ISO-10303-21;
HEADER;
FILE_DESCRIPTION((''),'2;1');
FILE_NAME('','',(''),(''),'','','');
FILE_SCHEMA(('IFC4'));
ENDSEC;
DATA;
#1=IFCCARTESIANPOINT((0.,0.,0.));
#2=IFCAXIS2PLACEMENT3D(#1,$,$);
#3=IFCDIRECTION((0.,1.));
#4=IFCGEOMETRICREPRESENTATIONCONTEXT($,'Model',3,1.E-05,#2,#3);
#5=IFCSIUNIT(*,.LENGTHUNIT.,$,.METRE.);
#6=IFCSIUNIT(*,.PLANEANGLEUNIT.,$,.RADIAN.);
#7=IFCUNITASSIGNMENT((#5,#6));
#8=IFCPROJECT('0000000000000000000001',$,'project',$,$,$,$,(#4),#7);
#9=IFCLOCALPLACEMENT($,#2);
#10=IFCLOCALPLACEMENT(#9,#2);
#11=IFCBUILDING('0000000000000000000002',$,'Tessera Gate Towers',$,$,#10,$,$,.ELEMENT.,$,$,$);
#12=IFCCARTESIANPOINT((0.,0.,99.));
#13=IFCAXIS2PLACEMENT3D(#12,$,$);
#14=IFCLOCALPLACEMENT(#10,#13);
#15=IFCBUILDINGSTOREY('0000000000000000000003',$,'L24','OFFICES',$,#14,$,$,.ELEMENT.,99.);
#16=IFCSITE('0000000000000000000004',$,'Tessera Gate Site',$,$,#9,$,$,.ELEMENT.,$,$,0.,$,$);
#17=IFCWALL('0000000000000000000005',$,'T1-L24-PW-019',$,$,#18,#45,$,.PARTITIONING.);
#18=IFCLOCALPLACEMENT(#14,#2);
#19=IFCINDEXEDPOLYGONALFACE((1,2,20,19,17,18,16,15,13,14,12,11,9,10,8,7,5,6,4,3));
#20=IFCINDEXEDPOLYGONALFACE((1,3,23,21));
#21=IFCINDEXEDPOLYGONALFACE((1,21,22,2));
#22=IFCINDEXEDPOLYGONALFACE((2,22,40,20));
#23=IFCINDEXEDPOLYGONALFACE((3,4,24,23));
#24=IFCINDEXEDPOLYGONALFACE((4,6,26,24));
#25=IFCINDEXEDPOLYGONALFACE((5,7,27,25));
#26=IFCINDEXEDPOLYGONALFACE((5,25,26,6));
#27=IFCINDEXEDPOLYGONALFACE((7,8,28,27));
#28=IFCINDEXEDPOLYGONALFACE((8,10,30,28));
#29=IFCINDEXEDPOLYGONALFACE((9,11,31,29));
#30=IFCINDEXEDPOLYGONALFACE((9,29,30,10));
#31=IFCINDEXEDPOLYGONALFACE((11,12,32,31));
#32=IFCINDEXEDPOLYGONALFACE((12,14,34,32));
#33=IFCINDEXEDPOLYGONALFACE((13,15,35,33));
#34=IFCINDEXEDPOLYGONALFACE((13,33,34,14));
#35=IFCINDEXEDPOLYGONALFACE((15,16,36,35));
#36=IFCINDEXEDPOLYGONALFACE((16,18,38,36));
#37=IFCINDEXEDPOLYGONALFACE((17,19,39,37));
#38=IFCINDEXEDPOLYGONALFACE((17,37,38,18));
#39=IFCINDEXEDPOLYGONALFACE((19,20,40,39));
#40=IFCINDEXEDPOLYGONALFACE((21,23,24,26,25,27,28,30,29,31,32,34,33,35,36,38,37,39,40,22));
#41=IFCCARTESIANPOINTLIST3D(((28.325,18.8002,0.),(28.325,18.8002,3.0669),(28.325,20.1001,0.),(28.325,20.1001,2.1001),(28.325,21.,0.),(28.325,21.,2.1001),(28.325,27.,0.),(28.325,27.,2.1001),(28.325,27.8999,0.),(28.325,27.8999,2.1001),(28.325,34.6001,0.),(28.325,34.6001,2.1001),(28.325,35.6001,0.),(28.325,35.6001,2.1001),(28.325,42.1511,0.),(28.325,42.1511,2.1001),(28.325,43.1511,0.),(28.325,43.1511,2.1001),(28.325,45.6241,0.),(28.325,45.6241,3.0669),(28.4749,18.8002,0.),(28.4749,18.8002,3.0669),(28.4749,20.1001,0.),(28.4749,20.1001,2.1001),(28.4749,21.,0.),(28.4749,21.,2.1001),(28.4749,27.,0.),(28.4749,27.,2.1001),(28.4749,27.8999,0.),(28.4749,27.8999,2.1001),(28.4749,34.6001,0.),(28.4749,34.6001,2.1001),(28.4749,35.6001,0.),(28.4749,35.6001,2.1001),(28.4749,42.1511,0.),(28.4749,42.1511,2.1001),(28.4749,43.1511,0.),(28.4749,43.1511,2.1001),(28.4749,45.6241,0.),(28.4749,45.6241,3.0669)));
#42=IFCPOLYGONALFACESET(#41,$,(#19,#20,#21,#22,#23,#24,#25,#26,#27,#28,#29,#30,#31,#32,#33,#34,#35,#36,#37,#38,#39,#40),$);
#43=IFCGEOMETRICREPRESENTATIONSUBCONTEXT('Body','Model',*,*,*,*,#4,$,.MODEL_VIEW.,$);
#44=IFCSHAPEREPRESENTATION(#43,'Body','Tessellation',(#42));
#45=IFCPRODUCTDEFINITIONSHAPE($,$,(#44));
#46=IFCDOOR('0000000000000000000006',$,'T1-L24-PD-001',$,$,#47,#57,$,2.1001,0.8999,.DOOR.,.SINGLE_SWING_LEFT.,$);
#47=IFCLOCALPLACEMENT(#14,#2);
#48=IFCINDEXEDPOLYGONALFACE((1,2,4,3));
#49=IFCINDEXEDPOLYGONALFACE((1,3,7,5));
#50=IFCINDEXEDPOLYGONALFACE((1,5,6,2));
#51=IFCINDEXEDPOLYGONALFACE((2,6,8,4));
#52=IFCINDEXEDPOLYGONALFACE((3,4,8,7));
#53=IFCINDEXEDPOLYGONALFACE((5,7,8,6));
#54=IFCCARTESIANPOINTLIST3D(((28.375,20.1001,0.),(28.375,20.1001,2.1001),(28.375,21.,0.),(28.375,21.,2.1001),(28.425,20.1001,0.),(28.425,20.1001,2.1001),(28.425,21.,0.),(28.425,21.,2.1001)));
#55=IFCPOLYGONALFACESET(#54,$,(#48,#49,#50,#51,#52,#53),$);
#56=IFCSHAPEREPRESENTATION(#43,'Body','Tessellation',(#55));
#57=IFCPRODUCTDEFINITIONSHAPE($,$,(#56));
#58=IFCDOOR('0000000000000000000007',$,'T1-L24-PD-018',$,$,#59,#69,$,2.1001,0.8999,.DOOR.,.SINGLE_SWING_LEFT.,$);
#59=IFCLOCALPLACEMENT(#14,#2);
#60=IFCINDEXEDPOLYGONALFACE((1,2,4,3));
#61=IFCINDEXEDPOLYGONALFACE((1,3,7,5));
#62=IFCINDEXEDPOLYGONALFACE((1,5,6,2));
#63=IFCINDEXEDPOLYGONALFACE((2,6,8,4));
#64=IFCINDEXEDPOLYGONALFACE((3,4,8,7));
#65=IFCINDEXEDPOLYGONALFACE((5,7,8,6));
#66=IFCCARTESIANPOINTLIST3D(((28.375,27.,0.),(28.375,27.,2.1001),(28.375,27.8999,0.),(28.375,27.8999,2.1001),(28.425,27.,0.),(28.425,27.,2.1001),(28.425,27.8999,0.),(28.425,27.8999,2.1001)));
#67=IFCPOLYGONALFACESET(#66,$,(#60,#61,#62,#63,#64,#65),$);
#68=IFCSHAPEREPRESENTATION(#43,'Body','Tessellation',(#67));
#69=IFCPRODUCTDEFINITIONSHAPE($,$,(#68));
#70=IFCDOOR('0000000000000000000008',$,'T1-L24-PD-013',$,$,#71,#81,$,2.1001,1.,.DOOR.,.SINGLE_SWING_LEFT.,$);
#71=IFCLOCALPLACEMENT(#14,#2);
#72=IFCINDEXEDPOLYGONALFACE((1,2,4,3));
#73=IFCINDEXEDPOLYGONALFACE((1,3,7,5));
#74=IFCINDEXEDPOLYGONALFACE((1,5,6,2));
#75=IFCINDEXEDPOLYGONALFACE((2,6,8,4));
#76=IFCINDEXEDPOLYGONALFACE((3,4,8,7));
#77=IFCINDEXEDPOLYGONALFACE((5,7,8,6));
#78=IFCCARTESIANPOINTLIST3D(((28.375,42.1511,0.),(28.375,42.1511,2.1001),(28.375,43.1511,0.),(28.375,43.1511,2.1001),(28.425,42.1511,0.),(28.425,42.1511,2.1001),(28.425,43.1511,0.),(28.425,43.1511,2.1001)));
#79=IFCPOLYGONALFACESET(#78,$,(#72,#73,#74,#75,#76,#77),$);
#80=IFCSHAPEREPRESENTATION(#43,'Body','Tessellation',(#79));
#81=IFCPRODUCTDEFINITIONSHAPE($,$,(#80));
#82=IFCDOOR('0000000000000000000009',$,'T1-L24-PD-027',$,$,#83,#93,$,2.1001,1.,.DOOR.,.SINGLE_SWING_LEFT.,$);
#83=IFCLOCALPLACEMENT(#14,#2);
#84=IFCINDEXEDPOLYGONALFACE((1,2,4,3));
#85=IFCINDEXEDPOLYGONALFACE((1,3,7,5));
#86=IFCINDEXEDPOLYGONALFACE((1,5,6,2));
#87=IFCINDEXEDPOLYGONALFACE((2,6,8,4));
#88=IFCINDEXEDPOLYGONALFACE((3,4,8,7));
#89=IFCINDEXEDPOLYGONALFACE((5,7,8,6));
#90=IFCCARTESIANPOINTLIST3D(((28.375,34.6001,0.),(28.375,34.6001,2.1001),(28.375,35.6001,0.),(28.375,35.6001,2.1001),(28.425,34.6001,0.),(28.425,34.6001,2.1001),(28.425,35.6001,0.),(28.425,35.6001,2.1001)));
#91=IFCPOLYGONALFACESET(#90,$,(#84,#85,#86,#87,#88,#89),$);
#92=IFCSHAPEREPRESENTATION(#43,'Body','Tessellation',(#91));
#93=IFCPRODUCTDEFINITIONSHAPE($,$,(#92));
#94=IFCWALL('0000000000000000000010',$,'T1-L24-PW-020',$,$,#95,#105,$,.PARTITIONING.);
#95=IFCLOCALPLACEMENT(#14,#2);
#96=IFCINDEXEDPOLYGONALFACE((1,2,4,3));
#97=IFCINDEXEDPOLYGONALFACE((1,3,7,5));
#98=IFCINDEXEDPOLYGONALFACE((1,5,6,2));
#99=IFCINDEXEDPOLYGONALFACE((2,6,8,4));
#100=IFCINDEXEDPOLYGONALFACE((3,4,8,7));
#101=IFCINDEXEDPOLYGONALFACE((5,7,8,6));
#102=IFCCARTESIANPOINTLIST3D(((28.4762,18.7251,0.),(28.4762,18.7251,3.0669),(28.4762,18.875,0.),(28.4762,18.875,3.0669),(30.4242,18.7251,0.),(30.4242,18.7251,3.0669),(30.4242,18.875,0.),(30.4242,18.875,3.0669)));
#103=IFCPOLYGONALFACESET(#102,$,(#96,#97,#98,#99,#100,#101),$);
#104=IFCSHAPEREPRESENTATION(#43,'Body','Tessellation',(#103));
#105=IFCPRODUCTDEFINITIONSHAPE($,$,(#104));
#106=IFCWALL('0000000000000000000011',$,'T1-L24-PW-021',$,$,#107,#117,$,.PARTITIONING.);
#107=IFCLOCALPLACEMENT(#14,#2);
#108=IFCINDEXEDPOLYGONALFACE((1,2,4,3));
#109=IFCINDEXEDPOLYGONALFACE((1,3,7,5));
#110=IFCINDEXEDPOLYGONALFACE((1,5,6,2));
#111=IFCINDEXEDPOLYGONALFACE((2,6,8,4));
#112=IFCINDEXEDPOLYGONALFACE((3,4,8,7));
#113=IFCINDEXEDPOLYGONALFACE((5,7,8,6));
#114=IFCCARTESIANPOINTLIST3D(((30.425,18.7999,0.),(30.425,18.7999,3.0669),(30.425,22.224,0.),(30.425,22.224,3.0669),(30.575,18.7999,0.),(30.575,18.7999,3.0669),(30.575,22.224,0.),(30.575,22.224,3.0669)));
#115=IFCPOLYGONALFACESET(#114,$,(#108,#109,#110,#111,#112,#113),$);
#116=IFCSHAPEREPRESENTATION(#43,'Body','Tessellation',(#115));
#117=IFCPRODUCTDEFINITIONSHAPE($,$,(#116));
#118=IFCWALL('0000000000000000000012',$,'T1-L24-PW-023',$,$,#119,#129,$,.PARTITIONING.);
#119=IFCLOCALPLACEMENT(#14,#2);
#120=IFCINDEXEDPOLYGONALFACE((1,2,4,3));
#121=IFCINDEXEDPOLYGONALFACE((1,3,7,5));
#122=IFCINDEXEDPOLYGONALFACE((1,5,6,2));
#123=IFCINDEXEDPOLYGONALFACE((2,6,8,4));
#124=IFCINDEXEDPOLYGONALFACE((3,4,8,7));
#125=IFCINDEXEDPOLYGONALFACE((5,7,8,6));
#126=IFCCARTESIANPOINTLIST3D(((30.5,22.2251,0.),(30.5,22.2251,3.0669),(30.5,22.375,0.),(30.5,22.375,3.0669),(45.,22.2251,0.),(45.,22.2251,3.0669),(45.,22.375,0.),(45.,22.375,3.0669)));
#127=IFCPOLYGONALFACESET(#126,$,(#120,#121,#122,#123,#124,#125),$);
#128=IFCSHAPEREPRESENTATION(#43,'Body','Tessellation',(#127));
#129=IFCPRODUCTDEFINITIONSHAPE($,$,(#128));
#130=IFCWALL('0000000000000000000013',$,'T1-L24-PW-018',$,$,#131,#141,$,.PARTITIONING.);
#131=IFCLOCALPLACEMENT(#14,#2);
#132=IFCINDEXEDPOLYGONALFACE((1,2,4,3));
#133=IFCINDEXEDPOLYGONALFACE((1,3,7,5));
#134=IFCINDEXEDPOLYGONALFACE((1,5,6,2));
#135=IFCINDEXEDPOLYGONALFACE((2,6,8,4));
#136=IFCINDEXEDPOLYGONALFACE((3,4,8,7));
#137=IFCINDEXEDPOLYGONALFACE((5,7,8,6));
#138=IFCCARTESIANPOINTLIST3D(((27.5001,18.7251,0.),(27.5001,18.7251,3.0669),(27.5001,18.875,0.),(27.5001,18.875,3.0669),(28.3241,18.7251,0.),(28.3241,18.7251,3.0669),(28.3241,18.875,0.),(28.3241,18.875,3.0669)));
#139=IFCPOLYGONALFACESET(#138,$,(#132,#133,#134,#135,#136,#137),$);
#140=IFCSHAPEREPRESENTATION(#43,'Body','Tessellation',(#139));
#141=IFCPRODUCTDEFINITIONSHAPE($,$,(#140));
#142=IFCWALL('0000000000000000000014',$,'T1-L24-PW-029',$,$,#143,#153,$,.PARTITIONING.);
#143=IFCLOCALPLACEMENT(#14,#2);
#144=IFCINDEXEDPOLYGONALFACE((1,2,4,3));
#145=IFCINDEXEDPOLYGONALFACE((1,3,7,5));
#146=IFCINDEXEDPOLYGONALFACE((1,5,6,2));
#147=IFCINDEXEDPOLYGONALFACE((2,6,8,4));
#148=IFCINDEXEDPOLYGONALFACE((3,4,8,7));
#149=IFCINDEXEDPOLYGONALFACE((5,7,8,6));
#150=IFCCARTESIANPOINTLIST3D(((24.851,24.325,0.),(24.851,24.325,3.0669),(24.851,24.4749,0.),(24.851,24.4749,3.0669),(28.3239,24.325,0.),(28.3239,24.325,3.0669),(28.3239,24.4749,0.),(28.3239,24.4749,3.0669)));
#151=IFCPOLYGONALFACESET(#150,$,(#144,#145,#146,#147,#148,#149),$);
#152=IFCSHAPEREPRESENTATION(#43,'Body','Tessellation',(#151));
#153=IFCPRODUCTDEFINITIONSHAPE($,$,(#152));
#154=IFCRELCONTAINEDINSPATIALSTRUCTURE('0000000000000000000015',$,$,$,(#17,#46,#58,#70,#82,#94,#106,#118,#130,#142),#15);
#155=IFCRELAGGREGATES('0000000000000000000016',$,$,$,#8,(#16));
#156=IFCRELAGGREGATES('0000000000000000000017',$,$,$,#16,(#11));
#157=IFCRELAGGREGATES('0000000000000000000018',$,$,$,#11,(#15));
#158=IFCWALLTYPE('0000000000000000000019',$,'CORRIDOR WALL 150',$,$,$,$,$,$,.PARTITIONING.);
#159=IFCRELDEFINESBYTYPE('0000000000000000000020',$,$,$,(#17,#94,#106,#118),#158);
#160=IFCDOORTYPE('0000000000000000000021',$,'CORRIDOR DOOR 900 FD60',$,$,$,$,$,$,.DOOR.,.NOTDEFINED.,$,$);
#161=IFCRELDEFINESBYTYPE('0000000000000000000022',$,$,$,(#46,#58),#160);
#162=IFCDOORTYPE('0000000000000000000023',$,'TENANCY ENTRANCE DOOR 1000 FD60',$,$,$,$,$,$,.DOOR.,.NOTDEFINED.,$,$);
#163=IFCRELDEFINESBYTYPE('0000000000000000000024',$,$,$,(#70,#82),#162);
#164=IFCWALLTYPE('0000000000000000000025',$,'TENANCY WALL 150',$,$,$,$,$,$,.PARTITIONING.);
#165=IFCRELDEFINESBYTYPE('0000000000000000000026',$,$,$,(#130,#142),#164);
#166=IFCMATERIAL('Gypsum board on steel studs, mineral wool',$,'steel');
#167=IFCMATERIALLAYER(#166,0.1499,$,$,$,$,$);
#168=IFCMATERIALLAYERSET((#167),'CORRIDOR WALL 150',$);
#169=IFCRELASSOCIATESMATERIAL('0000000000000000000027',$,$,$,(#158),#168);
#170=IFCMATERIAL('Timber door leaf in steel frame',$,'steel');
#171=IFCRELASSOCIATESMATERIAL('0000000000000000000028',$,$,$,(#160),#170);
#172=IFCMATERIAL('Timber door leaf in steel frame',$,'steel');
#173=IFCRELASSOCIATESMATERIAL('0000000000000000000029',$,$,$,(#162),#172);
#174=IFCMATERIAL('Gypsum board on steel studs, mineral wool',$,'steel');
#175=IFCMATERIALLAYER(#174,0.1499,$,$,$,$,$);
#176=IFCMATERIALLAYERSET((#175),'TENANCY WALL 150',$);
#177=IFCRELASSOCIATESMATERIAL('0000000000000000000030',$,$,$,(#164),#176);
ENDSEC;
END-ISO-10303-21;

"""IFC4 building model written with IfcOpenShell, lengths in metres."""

from ifc_helpers import new_model, si_unit, direction, frame, frame_2d, origin, place, context, subcontext, project, spatial, rectangle, extrude, source, transform, mapped, material, layer, layer_set, type_object, element, fill, save


model = new_model("IFC4")

# Units and contexts
model_context = context("Model", 3, precision=1e-05, world=origin(), true_north=direction((0.0, 1.0)))
body_context = subcontext(model_context, "Body", "Model", "MODEL_VIEW")
ifc_project = project(units=[si_unit("LENGTHUNIT", "METRE"), si_unit("PLANEANGLEUNIT", "RADIAN")], contexts=[model_context])

# Site, building, storey
site_placement = place(None, origin())
site = spatial("IfcSite", under=ifc_project, at=site_placement, Name="Tessera Gate Site", CompositionType="ELEMENT", RefElevation=0.0)
building_placement = place(site_placement, origin())
building = spatial("IfcBuilding", under=site, at=building_placement, Name="Tessera Gate Towers", CompositionType="ELEMENT")
storey_placement = place(building_placement, frame((0.0, 0.0, 99.0)))
storey = spatial("IfcBuildingStorey", under=building, at=storey_placement, Name="L24", Description="OFFICES", CompositionType="ELEMENT", Elevation=99.0)

# Wall, openings, doors
ifc_material_1 = material(Name="Gypsum board on steel studs, mineral wool", Category="steel")
ifc_layer_1 = layer(ifc_material_1, 0.1499)
ifc_layer_set_1 = layer_set([ifc_layer_1], Name="CORRIDOR WALL 150")
wall_type_1 = type_object("IfcWallType", Name="CORRIDOR WALL 150", PredefinedType="PARTITIONING", material=ifc_layer_set_1)
wall_1_placement = place(storey_placement, frame((28.3999, 18.8, 0.0), z_axis=(0.0, 0.0, 1.0), x_axis=(0.0, 1.0, 0.0)))
wall_1 = element("IfcWall", 1, at=wall_1_placement, inside=storey, type_object=wall_type_1, Name="T1-L24-PW-019", PredefinedType="PARTITIONING", context=body_context, shape_type="SweptSolid", body=[
    extrude(rectangle(XDim=26.824, YDim=0.1499, at=frame_2d((13.4121, 0.0))), origin(), (0.0, 0.0, 1.0), 3.0669),
])
shared_shape_1 = source(origin(), body_context, "Body", "SweptSolid", [
    extrude(rectangle(XDim=0.8999, YDim=2.1001, at=frame_2d((0.45, 1.05))), frame((0.0, 0.085, 0.0), z_axis=(0.0, -1.0, 0.0), x_axis=(1.0, 0.0, 0.0)), (0.0, 0.0, 1.0), 0.1699),
])
opening_1_placement = place(wall_1_placement, frame((1.3, 0.0, 0.0)))
opening_1 = element("IfcOpeningElement", 2, at=opening_1_placement, cuts=wall_1, PredefinedType="OPENING", context=body_context, shape_type="MappedRepresentation", body=[
    mapped(shared_shape_1, transform((0.0, 0.0, 0.0), scale=1.0)),
])
shared_shape_2 = source(origin(), body_context, "Body", "SweptSolid", [
    extrude(rectangle(XDim=1.0, YDim=2.1001, at=frame_2d((0.5, 1.05))), frame((0.0, 0.085, 0.0), z_axis=(0.0, -1.0, 0.0), x_axis=(1.0, 0.0, 0.0)), (0.0, 0.0, 1.0), 0.1699),
])
opening_2_placement = place(wall_1_placement, frame((23.3511, 0.0, 0.0)))
opening_2 = element("IfcOpeningElement", 3, at=opening_2_placement, cuts=wall_1, PredefinedType="OPENING", context=body_context, shape_type="MappedRepresentation", body=[
    mapped(shared_shape_2, transform((0.0, 0.0, 0.0), scale=1.0)),
])
opening_3_placement = place(wall_1_placement, frame((8.2, 0.0, 0.0)))
opening_3 = element("IfcOpeningElement", 4, at=opening_3_placement, cuts=wall_1, PredefinedType="OPENING", context=body_context, shape_type="MappedRepresentation", body=[
    mapped(shared_shape_1, transform((0.0, 0.0, 0.0), scale=1.0)),
])
opening_4_placement = place(wall_1_placement, frame((15.8, 0.0, 0.0)))
opening_4 = element("IfcOpeningElement", 5, at=opening_4_placement, cuts=wall_1, PredefinedType="OPENING", context=body_context, shape_type="MappedRepresentation", body=[
    mapped(shared_shape_2, transform((0.0, 0.0, 0.0), scale=1.0)),
])
ifc_material_2 = material(Name="Timber door leaf in steel frame", Category="steel")
door_type_1 = type_object("IfcDoorType", Name="CORRIDOR DOOR 900 FD60", OperationType="NOTDEFINED", PredefinedType="DOOR", material=ifc_material_2)
shared_shape_3 = source(origin(), body_context, "Body", "SweptSolid", [
    extrude(rectangle(XDim=0.8999, YDim=2.1001, at=frame_2d((0.45, 1.05))), frame((0.0, 0.0249, 0.0), z_axis=(0.0, -1.0, 0.0), x_axis=(1.0, 0.0, 0.0)), (0.0, 0.0, 1.0), 0.05),
])
door_1_placement = place(opening_1_placement, origin())
door_1 = element("IfcDoor", 6, at=door_1_placement, inside=storey, type_object=door_type_1, Name="T1-L24-PD-001", OperationType="SINGLE_SWING_LEFT", OverallHeight=2.1001, OverallWidth=0.8999, PredefinedType="DOOR", context=body_context, shape_type="MappedRepresentation", body=[
    mapped(shared_shape_3, transform((0.0, 0.0, 0.0), scale=1.0)),
])
fill(opening_1, door_1)
door_2_placement = place(opening_3_placement, origin())
door_2 = element("IfcDoor", 7, at=door_2_placement, inside=storey, type_object=door_type_1, Name="T1-L24-PD-018", OperationType="SINGLE_SWING_LEFT", OverallHeight=2.1001, OverallWidth=0.8999, PredefinedType="DOOR", context=body_context, shape_type="MappedRepresentation", body=[
    mapped(shared_shape_3, transform((0.0, 0.0, 0.0), scale=1.0)),
])
fill(opening_3, door_2)
ifc_material_3 = material(Name="Timber door leaf in steel frame", Category="steel")
door_type_2 = type_object("IfcDoorType", Name="TENANCY ENTRANCE DOOR 1000 FD60", OperationType="NOTDEFINED", PredefinedType="DOOR", material=ifc_material_3)
shared_shape_4 = source(origin(), body_context, "Body", "SweptSolid", [
    extrude(rectangle(XDim=1.0, YDim=2.1001, at=frame_2d((0.5, 1.05))), frame((0.0, 0.0249, 0.0), z_axis=(0.0, -1.0, 0.0), x_axis=(1.0, 0.0, 0.0)), (0.0, 0.0, 1.0), 0.05),
])
door_3_placement = place(opening_2_placement, origin())
door_3 = element("IfcDoor", 8, at=door_3_placement, inside=storey, type_object=door_type_2, Name="T1-L24-PD-013", OperationType="SINGLE_SWING_LEFT", OverallHeight=2.1001, OverallWidth=1.0, PredefinedType="DOOR", context=body_context, shape_type="MappedRepresentation", body=[
    mapped(shared_shape_4, transform((0.0, 0.0, 0.0), scale=1.0)),
])
fill(opening_2, door_3)
door_4_placement = place(opening_4_placement, origin())
door_4 = element("IfcDoor", 9, at=door_4_placement, inside=storey, type_object=door_type_2, Name="T1-L24-PD-027", OperationType="SINGLE_SWING_LEFT", OverallHeight=2.1001, OverallWidth=1.0, PredefinedType="DOOR", context=body_context, shape_type="MappedRepresentation", body=[
    mapped(shared_shape_4, transform((0.0, 0.0, 0.0), scale=1.0)),
])
fill(opening_4, door_4)

# Walls
wall_2_placement = place(storey_placement, frame((28.4761, 18.8, 0.0), z_axis=(0.0, 0.0, 1.0), x_axis=(1.0, 0.0, 0.0)))
element("IfcWall", 10, at=wall_2_placement, inside=storey, type_object=wall_type_1, Name="T1-L24-PW-020", PredefinedType="PARTITIONING", context=body_context, shape_type="SweptSolid", body=[
    extrude(rectangle(XDim=1.948, YDim=0.1499, at=frame_2d((0.9741, 0.0))), origin(), (0.0, 0.0, 1.0), 3.0669),
])
wall_3_placement = place(storey_placement, frame((30.5, 18.8, 0.0), z_axis=(0.0, 0.0, 1.0), x_axis=(0.0, 1.0, 0.0)))
element("IfcWall", 11, at=wall_3_placement, inside=storey, type_object=wall_type_1, Name="T1-L24-PW-021", PredefinedType="PARTITIONING", context=body_context, shape_type="SweptSolid", body=[
    extrude(rectangle(XDim=3.4241, YDim=0.1499, at=frame_2d((1.7119, 0.0))), origin(), (0.0, 0.0, 1.0), 3.0669),
])
wall_4_placement = place(storey_placement, frame((30.5, 22.3, 0.0), z_axis=(0.0, 0.0, 1.0), x_axis=(1.0, 0.0, 0.0)))
element("IfcWall", 12, at=wall_4_placement, inside=storey, type_object=wall_type_1, Name="T1-L24-PW-023", PredefinedType="PARTITIONING", context=body_context, shape_type="SweptSolid", body=[
    extrude(rectangle(XDim=14.5, YDim=0.1499, at=frame_2d((7.25, 0.0))), origin(), (0.0, 0.0, 1.0), 3.0669),
])
ifc_material_4 = material(Name="Gypsum board on steel studs, mineral wool", Category="steel")
ifc_layer_2 = layer(ifc_material_4, 0.1499)
ifc_layer_set_2 = layer_set([ifc_layer_2], Name="TENANCY WALL 150")
wall_type_2 = type_object("IfcWallType", Name="TENANCY WALL 150", PredefinedType="PARTITIONING", material=ifc_layer_set_2)
wall_5_placement = place(storey_placement, frame((27.5, 18.8, 0.0), z_axis=(0.0, 0.0, 1.0), x_axis=(1.0, 0.0, 0.0)))
element("IfcWall", 13, at=wall_5_placement, inside=storey, type_object=wall_type_2, Name="T1-L24-PW-018", PredefinedType="PARTITIONING", context=body_context, shape_type="SweptSolid", body=[
    extrude(rectangle(XDim=0.824, YDim=0.1499, at=frame_2d((0.4121, 0.0))), origin(), (0.0, 0.0, 1.0), 3.0669),
])
wall_6_placement = place(storey_placement, frame((24.8511, 24.3999, 0.0), z_axis=(0.0, 0.0, 1.0), x_axis=(1.0, 0.0, 0.0)))
element("IfcWall", 14, at=wall_6_placement, inside=storey, type_object=wall_type_2, Name="T1-L24-PW-029", PredefinedType="PARTITIONING", context=body_context, shape_type="SweptSolid", body=[
    extrude(rectangle(XDim=3.4729, YDim=0.1499, at=frame_2d((1.7363, 0.0))), origin(), (0.0, 0.0, 1.0), 3.0669),
])

save(model, "model.ifc")
